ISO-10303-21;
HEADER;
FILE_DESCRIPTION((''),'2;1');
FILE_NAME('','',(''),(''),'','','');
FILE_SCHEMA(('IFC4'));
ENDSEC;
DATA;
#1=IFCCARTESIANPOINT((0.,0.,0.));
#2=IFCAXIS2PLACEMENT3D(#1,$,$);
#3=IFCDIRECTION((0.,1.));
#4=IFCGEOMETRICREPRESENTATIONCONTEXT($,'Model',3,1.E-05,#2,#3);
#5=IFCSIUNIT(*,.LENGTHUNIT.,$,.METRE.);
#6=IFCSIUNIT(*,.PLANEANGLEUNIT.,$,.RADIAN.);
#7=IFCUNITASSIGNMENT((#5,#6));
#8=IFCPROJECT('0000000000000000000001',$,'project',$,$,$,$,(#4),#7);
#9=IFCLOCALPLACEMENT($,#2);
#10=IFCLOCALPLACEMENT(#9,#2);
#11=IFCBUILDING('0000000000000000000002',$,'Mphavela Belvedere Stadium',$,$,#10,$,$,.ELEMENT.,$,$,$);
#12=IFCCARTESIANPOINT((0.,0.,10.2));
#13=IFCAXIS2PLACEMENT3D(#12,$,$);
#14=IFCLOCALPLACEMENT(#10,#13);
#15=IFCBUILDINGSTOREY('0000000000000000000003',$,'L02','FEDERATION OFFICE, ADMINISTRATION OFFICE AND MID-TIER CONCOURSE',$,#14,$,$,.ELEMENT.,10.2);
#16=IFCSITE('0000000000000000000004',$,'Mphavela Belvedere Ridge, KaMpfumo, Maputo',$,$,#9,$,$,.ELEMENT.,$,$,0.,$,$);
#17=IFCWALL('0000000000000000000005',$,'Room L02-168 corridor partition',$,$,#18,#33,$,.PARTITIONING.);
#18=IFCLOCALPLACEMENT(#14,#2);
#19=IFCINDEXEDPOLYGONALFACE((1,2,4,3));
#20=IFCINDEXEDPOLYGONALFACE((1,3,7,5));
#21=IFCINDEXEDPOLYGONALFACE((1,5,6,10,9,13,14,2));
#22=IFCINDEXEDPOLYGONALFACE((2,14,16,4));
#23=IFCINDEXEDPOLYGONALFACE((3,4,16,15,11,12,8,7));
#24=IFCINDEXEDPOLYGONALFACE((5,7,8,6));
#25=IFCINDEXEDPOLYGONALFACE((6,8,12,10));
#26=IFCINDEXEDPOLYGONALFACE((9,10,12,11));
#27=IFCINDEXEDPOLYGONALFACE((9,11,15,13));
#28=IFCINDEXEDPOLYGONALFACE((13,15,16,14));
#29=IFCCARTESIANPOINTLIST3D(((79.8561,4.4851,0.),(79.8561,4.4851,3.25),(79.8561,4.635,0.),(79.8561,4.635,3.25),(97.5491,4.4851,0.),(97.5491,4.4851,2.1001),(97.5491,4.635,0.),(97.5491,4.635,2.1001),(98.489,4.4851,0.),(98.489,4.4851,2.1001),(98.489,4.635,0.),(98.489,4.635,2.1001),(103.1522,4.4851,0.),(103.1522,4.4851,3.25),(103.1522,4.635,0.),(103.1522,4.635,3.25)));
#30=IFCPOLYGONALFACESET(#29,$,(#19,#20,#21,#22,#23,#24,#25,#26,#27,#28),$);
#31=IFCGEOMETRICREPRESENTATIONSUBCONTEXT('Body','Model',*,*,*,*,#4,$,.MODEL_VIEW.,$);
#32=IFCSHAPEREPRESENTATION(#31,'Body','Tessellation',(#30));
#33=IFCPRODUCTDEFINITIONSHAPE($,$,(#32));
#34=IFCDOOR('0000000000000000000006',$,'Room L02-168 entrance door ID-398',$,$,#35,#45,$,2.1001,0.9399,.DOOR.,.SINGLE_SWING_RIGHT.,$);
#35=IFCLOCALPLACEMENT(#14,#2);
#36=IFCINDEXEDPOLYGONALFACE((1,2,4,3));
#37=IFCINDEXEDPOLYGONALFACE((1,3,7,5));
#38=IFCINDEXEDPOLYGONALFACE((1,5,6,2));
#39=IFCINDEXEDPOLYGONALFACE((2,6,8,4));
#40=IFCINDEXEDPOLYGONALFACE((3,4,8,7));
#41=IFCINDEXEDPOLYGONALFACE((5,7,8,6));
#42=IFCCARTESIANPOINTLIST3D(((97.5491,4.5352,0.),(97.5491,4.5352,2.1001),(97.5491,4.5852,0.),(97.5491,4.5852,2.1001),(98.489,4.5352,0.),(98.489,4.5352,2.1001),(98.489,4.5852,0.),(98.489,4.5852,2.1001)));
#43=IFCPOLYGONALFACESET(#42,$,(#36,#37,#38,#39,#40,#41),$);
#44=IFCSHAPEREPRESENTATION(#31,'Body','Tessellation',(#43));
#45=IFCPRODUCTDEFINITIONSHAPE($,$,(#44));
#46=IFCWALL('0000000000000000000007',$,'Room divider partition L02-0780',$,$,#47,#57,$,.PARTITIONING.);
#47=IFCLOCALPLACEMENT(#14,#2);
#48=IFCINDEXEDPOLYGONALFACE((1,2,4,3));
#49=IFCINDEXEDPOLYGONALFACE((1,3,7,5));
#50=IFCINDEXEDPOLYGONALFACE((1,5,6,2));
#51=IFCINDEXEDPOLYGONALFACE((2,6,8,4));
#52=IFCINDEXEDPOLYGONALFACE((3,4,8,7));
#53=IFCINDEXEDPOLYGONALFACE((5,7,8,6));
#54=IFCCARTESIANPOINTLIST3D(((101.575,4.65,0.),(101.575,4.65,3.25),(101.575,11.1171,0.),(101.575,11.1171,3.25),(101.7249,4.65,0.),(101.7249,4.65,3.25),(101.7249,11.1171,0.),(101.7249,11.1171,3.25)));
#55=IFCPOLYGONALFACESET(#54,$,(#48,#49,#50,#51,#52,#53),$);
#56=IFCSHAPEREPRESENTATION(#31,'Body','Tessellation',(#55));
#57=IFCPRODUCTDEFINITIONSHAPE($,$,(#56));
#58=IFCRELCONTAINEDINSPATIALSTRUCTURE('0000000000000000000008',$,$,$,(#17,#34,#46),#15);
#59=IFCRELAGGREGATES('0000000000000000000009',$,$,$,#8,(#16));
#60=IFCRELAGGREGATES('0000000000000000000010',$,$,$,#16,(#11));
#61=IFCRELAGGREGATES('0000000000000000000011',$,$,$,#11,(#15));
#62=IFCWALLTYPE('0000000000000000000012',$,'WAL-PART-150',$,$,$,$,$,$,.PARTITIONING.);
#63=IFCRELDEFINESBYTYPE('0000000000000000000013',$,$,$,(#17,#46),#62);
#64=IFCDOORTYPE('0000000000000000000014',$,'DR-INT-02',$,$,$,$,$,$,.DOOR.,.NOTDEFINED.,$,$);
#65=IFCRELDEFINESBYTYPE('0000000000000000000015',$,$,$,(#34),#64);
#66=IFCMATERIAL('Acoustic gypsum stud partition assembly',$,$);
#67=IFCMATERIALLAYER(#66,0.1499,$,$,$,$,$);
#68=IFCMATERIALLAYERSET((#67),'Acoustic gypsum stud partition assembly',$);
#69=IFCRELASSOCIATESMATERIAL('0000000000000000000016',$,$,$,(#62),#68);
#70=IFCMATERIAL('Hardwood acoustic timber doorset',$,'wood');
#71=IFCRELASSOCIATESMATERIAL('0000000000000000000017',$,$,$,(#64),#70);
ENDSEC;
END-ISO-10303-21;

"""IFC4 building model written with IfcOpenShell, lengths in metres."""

from ifc_helpers import new_model, si_unit, direction, frame, frame_2d, origin, place, context, subcontext, project, spatial, rectangle, extrude, material, layer, layer_set, type_object, element, fill, save


model = new_model("IFC4")

# Units and contexts
model_context = context("Model", 3, precision=1e-05, world=origin(), true_north=direction((0.0, 1.0)))
body_context = subcontext(model_context, "Body", "Model", "MODEL_VIEW")
ifc_project = project(units=[si_unit("LENGTHUNIT", "METRE"), si_unit("PLANEANGLEUNIT", "RADIAN")], contexts=[model_context])

# Site, building, storey
site_placement = place(None, origin())
site = spatial("IfcSite", under=ifc_project, at=site_placement, Name="Mphavela Belvedere Ridge, KaMpfumo, Maputo", CompositionType="ELEMENT", RefElevation=0.0)
building_placement = place(site_placement, origin())
building = spatial("IfcBuilding", under=site, at=building_placement, Name="Mphavela Belvedere Stadium", CompositionType="ELEMENT")
storey_placement = place(building_placement, frame((0.0, 0.0, 10.2)))
storey = spatial("IfcBuildingStorey", under=building, at=storey_placement, Name="L02", Description="FEDERATION OFFICE, ADMINISTRATION OFFICE AND MID-TIER CONCOURSE", CompositionType="ELEMENT", Elevation=10.2)

# Wall, opening, door
ifc_material_1 = material(Name="Acoustic gypsum stud partition assembly")
ifc_layer_1 = layer(ifc_material_1, 0.1499)
ifc_layer_set_1 = layer_set([ifc_layer_1], Name="Acoustic gypsum stud partition assembly")
wall_type_1 = type_object("IfcWallType", Name="WAL-PART-150", PredefinedType="PARTITIONING", material=ifc_layer_set_1)
wall_1_placement = place(storey_placement, frame((103.1521, 4.5601, 0.0), z_axis=(0.0, 0.0, 1.0), x_axis=(-1.0, 0.0, 0.0)))
wall_1 = element("IfcWall", 1, at=wall_1_placement, inside=storey, type_object=wall_type_1, Name="Room L02-168 corridor partition", PredefinedType="PARTITIONING", context=body_context, shape_type="SweptSolid", body=[
    extrude(rectangle(XDim=23.2961, YDim=0.1499, at=frame_2d((11.6479, 0.0))), origin(), (0.0, 0.0, 1.0), 3.25),
])
opening_1_placement = place(wall_1_placement, frame((4.6631, 0.0, 0.0)))
opening_1 = element("IfcOpeningElement", 2, at=opening_1_placement, cuts=wall_1, PredefinedType="OPENING", context=body_context, shape_type="SweptSolid", body=[
    extrude(rectangle(XDim=0.9399, YDim=2.1001, at=frame_2d((0.47, 1.05))), frame((0.0, 0.085, 0.0), z_axis=(0.0, -1.0, 0.0), x_axis=(1.0, 0.0, 0.0)), (0.0, 0.0, 1.0), 0.1699),
])
ifc_material_2 = material(Name="Hardwood acoustic timber doorset", Category="wood")
door_type = type_object("IfcDoorType", Name="DR-INT-02", OperationType="NOTDEFINED", PredefinedType="DOOR", material=ifc_material_2)
door_placement = place(opening_1_placement, origin())
door = element("IfcDoor", 3, at=door_placement, inside=storey, type_object=door_type, Name="Room L02-168 entrance door ID-398", OperationType="SINGLE_SWING_RIGHT", OverallHeight=2.1001, OverallWidth=0.9399, PredefinedType="DOOR", context=body_context, shape_type="SweptSolid", body=[
    extrude(rectangle(XDim=0.9399, YDim=2.1001, at=frame_2d((0.47, 1.05))), frame((0.0, 0.0249, 0.0), z_axis=(0.0, -1.0, 0.0), x_axis=(1.0, 0.0, 0.0)), (0.0, 0.0, 1.0), 0.05),
])
fill(opening_1, door)

# Wall
wall_2_placement = place(storey_placement, frame((101.6499, 11.1169, 0.0), z_axis=(0.0, 0.0, 1.0), x_axis=(0.0, -1.0, 0.0)))
element("IfcWall", 4, at=wall_2_placement, inside=storey, type_object=wall_type_1, Name="Room divider partition L02-0780", PredefinedType="PARTITIONING", context=body_context, shape_type="SweptSolid", body=[
    extrude(rectangle(XDim=6.467, YDim=0.1499, at=frame_2d((3.2334, 0.0))), origin(), (0.0, 0.0, 1.0), 3.25),
])

save(model, "model.ifc")
